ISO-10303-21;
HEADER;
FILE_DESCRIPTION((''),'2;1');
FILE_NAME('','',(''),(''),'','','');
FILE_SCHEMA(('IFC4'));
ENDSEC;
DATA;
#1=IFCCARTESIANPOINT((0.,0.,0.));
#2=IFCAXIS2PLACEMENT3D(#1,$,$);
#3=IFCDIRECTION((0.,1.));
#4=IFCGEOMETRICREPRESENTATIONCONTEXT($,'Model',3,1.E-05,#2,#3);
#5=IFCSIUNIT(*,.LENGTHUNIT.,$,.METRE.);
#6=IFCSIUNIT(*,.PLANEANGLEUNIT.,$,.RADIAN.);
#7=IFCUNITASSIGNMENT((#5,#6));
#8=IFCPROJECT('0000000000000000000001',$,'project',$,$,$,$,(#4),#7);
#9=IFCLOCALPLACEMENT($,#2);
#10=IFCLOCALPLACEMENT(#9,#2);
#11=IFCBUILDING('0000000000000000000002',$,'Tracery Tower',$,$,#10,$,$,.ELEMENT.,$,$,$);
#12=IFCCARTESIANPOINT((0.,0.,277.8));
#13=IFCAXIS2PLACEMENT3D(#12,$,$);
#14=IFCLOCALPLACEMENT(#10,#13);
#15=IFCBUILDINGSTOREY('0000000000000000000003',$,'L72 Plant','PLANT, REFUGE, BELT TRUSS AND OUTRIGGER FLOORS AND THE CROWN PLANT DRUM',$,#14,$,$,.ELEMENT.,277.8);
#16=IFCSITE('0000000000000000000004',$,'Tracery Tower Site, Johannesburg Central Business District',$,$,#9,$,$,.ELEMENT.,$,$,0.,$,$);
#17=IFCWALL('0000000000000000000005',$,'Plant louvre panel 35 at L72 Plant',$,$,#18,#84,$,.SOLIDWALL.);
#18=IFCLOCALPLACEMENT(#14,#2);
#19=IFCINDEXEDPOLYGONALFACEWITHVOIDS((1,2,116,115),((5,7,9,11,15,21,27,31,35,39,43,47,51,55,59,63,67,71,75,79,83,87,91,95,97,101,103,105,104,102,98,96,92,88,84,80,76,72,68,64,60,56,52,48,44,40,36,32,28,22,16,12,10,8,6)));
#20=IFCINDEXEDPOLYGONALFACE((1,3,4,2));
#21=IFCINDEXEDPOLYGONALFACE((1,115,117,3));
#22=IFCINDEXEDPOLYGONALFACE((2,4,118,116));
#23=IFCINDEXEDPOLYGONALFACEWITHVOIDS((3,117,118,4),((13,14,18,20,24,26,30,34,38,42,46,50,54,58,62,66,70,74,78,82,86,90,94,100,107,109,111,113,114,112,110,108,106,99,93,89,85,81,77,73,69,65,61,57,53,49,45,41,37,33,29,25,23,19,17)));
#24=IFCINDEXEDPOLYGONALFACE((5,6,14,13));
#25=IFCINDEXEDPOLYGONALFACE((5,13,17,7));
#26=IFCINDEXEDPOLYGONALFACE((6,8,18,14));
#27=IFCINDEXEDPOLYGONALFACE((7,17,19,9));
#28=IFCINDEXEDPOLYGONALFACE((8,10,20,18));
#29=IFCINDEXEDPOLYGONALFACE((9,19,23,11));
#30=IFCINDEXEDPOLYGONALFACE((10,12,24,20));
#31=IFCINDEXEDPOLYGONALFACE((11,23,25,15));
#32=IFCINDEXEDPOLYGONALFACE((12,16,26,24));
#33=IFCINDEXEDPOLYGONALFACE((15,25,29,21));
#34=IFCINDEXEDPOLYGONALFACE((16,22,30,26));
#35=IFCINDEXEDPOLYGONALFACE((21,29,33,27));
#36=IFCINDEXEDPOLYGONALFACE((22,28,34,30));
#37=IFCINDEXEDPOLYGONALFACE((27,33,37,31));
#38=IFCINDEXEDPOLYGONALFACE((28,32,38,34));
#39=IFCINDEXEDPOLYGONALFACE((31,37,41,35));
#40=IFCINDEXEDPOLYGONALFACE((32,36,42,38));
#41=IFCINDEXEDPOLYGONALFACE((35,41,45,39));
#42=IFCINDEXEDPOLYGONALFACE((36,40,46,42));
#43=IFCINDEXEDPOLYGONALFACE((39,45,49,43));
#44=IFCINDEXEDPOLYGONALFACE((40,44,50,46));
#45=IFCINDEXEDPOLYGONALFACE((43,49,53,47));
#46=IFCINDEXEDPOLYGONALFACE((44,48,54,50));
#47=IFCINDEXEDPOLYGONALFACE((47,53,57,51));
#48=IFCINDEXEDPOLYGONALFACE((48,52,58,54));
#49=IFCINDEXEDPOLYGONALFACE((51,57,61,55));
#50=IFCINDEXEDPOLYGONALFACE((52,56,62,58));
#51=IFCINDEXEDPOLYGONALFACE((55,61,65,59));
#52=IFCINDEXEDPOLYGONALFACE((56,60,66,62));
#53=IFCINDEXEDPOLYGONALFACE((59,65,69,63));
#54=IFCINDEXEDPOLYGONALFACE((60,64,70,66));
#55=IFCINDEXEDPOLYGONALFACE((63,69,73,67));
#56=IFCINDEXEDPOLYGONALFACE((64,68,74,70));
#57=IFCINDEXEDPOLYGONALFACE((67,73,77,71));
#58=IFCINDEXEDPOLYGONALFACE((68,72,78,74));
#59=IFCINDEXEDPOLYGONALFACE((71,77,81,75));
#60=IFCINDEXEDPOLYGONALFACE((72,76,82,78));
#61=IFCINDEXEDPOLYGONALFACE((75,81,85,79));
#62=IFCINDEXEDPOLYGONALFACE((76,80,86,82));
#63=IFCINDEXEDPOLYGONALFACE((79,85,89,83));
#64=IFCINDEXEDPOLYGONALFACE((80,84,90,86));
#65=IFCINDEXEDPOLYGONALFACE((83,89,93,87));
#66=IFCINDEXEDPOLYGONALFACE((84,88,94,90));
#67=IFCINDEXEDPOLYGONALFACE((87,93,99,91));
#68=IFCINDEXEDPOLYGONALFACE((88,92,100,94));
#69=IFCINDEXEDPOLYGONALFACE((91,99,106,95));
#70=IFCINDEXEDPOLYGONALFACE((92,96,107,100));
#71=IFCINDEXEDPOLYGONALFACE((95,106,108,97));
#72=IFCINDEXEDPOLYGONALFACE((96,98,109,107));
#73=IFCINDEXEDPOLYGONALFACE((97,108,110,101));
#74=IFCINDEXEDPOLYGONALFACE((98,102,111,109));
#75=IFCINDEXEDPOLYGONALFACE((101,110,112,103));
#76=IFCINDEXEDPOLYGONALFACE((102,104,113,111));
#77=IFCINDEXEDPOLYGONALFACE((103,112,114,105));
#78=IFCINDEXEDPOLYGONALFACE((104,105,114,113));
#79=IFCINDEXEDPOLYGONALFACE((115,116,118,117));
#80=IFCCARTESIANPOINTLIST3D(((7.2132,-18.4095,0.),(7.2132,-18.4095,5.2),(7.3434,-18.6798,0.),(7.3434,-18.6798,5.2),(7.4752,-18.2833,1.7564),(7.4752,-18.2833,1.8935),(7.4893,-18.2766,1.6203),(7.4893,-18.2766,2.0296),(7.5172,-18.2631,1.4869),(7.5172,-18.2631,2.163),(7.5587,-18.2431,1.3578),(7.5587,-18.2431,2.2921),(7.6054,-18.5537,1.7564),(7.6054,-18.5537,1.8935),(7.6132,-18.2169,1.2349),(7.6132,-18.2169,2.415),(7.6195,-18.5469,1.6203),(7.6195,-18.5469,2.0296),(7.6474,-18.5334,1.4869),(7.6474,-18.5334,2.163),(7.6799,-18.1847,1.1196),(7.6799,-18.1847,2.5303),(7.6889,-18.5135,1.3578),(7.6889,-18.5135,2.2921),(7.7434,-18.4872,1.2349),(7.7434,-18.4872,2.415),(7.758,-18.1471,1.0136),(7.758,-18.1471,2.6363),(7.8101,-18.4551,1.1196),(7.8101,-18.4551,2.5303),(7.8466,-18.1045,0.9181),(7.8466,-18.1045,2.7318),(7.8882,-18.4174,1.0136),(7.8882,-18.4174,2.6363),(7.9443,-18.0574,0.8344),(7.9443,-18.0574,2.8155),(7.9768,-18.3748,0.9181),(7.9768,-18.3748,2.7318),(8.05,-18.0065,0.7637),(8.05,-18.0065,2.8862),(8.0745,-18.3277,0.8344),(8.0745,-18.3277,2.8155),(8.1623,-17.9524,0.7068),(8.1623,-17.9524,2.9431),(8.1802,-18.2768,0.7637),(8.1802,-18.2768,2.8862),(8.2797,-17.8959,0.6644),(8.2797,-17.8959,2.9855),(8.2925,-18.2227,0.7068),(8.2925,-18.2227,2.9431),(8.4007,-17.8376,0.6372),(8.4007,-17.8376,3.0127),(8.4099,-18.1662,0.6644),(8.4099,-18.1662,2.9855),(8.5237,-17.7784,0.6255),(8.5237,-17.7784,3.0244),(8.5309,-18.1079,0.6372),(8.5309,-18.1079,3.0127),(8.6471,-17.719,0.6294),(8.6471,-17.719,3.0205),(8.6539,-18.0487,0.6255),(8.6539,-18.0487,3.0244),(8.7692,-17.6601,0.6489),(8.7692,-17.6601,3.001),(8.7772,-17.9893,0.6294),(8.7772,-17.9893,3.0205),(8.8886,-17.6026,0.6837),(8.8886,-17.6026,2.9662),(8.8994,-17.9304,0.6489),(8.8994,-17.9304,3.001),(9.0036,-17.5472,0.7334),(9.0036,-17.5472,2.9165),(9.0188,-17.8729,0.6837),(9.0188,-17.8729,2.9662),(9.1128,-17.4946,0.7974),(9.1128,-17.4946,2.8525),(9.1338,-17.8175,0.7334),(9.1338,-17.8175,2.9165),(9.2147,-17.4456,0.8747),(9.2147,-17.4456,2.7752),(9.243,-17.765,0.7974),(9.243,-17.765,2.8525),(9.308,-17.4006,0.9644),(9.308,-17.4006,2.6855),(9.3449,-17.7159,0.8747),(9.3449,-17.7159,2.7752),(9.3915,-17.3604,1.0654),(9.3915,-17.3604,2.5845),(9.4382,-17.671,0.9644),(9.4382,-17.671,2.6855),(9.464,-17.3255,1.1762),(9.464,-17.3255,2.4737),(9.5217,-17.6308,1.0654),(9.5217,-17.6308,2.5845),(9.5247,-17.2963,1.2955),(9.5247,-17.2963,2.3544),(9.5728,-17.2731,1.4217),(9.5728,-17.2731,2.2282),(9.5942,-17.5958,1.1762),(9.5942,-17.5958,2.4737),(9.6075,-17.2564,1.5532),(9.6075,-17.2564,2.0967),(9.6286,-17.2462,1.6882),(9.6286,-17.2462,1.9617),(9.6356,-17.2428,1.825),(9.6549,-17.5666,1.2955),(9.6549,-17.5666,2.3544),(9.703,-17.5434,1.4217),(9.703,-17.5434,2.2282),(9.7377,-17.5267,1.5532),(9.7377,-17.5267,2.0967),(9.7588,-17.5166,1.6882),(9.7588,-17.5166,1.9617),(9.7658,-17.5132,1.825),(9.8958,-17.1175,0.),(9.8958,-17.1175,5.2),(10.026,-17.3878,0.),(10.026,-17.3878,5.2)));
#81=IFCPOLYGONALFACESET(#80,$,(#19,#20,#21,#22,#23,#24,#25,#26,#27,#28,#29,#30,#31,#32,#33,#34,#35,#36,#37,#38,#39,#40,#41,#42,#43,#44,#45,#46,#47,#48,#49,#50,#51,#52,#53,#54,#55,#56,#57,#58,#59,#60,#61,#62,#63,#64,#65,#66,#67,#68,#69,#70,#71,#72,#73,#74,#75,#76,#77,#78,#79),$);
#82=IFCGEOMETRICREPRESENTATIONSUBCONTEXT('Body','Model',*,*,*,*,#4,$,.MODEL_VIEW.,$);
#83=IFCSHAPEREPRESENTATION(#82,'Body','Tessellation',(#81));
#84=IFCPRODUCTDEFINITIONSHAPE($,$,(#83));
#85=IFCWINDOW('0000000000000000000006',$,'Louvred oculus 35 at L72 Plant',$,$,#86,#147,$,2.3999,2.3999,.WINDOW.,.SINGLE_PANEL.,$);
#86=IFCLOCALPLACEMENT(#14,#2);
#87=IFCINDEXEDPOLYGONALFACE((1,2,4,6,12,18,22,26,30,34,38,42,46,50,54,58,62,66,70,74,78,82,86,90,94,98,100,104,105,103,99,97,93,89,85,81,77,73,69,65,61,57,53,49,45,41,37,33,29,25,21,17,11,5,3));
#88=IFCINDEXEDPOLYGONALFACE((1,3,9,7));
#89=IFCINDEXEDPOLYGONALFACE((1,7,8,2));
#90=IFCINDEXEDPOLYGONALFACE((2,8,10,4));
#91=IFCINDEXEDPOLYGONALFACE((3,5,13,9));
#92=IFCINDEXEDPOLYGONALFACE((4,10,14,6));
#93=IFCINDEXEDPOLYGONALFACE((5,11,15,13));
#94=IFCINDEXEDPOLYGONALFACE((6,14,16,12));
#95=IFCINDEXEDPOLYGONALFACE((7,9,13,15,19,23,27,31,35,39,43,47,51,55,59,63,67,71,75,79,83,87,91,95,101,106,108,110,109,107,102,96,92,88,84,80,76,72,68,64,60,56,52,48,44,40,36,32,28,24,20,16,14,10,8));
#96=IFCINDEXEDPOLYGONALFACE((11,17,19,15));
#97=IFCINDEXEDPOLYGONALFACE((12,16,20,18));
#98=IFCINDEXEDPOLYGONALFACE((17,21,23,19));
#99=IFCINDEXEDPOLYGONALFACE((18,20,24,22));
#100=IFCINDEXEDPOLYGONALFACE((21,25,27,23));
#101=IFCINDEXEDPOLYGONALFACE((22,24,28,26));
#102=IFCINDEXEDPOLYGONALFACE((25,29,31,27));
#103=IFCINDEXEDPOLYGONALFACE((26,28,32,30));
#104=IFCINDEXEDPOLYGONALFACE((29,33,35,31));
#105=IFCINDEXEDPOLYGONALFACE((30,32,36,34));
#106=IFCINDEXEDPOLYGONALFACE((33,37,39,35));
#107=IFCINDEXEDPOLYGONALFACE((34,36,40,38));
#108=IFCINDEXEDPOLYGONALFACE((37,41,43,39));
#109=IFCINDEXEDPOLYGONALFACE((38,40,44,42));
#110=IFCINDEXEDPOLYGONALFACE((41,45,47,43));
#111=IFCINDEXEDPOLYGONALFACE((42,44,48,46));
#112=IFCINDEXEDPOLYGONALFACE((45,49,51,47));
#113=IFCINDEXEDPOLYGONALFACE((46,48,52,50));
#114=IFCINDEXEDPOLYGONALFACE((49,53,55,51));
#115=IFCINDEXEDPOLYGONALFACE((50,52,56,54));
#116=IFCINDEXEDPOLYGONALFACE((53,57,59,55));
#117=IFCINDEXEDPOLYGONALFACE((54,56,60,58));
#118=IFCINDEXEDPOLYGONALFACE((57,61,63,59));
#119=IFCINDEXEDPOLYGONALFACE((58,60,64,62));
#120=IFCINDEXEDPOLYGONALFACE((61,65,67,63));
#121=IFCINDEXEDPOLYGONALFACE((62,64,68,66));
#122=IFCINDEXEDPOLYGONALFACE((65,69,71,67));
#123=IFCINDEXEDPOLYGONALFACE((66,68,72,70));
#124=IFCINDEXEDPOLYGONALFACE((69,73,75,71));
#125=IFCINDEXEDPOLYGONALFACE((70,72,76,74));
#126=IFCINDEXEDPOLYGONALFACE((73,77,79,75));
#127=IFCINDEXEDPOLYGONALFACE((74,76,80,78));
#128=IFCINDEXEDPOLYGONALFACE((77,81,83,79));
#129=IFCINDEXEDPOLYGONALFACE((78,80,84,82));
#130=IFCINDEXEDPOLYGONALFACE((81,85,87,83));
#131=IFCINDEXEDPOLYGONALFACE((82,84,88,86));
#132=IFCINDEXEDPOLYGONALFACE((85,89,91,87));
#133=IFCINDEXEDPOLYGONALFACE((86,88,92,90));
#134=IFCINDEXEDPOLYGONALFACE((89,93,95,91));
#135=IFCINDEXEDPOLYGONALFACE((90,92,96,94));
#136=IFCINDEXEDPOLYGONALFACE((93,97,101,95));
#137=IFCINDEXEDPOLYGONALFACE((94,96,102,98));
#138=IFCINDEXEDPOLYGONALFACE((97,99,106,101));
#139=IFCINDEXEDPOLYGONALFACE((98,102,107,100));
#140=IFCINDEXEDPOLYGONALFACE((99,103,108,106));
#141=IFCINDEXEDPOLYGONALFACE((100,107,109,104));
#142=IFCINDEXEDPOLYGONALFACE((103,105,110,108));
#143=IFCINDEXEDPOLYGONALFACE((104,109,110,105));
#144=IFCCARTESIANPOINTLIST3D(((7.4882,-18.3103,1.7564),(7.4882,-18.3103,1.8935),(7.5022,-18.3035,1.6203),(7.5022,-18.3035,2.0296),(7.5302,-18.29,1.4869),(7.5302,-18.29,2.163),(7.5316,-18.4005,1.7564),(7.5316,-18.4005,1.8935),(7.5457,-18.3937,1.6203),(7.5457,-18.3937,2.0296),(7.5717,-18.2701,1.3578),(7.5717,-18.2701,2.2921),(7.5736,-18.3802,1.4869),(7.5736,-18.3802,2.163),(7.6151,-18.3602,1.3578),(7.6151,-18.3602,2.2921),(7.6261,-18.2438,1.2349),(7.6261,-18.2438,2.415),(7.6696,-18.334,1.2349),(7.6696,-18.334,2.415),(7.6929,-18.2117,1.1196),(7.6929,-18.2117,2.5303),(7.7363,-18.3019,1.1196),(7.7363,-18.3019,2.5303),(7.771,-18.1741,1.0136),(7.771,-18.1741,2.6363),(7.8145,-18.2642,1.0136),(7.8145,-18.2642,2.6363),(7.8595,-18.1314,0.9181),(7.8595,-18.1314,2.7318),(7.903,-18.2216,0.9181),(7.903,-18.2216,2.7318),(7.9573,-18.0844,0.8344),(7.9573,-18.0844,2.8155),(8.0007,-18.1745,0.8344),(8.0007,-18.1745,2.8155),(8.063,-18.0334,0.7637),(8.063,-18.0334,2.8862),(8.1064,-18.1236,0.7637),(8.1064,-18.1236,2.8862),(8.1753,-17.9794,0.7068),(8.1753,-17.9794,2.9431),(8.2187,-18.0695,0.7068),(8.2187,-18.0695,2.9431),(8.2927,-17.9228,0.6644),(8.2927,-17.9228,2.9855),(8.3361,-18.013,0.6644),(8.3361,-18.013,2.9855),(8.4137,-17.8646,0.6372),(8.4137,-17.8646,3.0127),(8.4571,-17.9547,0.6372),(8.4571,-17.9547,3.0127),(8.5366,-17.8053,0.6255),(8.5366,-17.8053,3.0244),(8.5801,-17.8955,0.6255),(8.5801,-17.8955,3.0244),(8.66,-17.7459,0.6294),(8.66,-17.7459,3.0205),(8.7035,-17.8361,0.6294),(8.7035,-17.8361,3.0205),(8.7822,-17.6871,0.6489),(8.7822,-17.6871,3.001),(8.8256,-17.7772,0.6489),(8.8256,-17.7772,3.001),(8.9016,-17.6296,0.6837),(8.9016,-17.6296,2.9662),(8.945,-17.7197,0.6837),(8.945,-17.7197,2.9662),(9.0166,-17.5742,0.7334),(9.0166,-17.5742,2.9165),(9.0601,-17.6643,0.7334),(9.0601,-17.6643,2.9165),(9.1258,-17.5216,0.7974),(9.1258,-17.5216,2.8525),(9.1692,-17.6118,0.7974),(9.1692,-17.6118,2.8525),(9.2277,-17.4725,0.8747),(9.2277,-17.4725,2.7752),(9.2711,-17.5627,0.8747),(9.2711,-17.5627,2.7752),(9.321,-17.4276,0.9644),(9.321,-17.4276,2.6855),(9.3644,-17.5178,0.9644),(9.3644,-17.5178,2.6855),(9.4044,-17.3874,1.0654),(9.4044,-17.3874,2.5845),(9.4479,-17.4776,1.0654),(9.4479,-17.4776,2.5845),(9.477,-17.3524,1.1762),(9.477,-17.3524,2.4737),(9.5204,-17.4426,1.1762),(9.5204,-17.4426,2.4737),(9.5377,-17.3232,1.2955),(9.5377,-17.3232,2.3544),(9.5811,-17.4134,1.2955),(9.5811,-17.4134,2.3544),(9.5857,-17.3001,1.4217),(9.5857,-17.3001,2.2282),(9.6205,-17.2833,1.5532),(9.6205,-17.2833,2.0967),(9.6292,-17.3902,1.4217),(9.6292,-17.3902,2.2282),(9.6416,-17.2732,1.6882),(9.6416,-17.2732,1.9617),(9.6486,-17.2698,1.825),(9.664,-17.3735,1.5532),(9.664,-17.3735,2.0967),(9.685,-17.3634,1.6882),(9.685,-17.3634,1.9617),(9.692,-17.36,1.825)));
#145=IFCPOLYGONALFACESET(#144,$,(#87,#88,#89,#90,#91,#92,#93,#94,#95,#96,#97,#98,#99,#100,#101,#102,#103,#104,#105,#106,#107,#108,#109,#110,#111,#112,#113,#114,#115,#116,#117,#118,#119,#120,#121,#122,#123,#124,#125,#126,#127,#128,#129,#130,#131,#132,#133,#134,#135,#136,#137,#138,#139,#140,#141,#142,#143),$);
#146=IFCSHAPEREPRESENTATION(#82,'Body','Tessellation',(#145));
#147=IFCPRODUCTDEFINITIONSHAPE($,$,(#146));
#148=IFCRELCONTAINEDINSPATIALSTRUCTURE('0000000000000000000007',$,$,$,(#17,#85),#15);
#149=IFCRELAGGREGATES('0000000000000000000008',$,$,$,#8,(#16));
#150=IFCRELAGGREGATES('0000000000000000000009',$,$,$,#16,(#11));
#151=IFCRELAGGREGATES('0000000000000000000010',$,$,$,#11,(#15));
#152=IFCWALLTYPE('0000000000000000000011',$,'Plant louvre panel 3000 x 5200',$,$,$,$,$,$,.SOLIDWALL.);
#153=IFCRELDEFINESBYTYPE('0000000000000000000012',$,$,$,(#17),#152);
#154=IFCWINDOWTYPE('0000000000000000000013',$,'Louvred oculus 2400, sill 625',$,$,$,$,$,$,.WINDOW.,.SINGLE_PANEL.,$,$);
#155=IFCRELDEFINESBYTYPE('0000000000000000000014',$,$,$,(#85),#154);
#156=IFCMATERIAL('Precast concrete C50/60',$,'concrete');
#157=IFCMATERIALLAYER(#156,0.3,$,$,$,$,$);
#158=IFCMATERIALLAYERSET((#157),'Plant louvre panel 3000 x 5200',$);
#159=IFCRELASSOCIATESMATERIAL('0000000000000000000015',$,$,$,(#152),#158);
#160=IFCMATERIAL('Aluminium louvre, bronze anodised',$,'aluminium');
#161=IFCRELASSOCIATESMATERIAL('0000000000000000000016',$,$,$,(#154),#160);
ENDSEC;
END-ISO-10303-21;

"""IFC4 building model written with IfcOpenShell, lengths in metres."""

from ifc_helpers import new_model, si_unit, direction, frame, frame_2d, origin, origin_2d, place, context, subcontext, project, spatial, rectangle, circle, extrude, material, layer, layer_set, type_object, element, fill, save


model = new_model("IFC4")

# Units and contexts
model_context = context("Model", 3, precision=1e-05, world=origin(), true_north=direction((0.0, 1.0)))
body_context = subcontext(model_context, "Body", "Model", "MODEL_VIEW")
ifc_project = project(units=[si_unit("LENGTHUNIT", "METRE"), si_unit("PLANEANGLEUNIT", "RADIAN")], contexts=[model_context])

# Site, building, storey
site_placement = place(None, origin())
site = spatial("IfcSite", under=ifc_project, at=site_placement, Name="Tracery Tower Site, Johannesburg Central Business District", CompositionType="ELEMENT", RefElevation=0.0)
building_placement = place(site_placement, origin())
building = spatial("IfcBuilding", under=site, at=building_placement, Name="Tracery Tower", CompositionType="ELEMENT")
storey_placement = place(building_placement, frame((0.0, 0.0, 277.8)))
storey = spatial("IfcBuildingStorey", under=building, at=storey_placement, Name="L72 Plant", Description="PLANT, REFUGE, BELT TRUSS AND OUTRIGGER FLOORS AND THE CROWN PLANT DRUM", CompositionType="ELEMENT", Elevation=277.8)

# Wall, opening, window
ifc_material_1 = material(Name="Precast concrete C50/60", Category="concrete")
ifc_layer_1 = layer(ifc_material_1, 0.3)
ifc_layer_set_1 = layer_set([ifc_layer_1], Name="Plant louvre panel 3000 x 5200")
wall_type_1 = type_object("IfcWallType", Name="Plant louvre panel 3000 x 5200", PredefinedType="SOLIDWALL", material=ifc_layer_set_1)
wall_1_placement = place(storey_placement, frame((7.2783, -18.5447, 0.0), z_axis=(0.0, 0.0, 1.0), x_axis=(0.900954, 0.433914, 0.0)))
wall_1 = element("IfcWall", 1, at=wall_1_placement, inside=storey, type_object=wall_type_1, Name="Plant louvre panel 35 at L72 Plant", PredefinedType="SOLIDWALL", context=body_context, shape_type="SweptSolid", body=[
    extrude(rectangle(XDim=2.9775, YDim=0.3, at=frame_2d((1.4888, 0.0))), origin(), (0.0, 0.0, 1.0), 5.2),
])
opening_1_placement = place(wall_1_placement, frame((1.4888, 0.0, 1.825)))
opening_1 = element("IfcOpeningElement", 2, at=opening_1_placement, cuts=wall_1, PredefinedType="OPENING", context=body_context, shape_type="SweptSolid", body=[
    extrude(circle(Radius=1.2, at=origin_2d()), frame((0.0, 0.1599, 0.0), z_axis=(0.0, -1.0, 0.0), x_axis=(1.0, 0.0, 0.0)), (0.0, 0.0, 1.0), 0.3201),
])
ifc_material_2 = material(Name="Aluminium louvre, bronze anodised", Category="aluminium")
window_type = type_object("IfcWindowType", Name="Louvred oculus 2400, sill 625", PartitioningType="SINGLE_PANEL", PredefinedType="WINDOW", material=ifc_material_2)
window_1_placement = place(opening_1_placement, origin())
window_1 = element("IfcWindow", 3, at=window_1_placement, inside=storey, type_object=window_type, Name="Louvred oculus 35 at L72 Plant", OverallHeight=2.3999, OverallWidth=2.3999, PartitioningType="SINGLE_PANEL", PredefinedType="WINDOW", context=body_context, shape_type="SweptSolid", body=[
    extrude(circle(Radius=1.2, at=origin_2d()), frame((0.0, 0.1201, 0.0), z_axis=(0.0, -1.0, 0.0), x_axis=(1.0, 0.0, 0.0)), (0.0, 0.0, 1.0), 0.1001),
])
fill(opening_1, window_1)

save(model, "model.ifc")
